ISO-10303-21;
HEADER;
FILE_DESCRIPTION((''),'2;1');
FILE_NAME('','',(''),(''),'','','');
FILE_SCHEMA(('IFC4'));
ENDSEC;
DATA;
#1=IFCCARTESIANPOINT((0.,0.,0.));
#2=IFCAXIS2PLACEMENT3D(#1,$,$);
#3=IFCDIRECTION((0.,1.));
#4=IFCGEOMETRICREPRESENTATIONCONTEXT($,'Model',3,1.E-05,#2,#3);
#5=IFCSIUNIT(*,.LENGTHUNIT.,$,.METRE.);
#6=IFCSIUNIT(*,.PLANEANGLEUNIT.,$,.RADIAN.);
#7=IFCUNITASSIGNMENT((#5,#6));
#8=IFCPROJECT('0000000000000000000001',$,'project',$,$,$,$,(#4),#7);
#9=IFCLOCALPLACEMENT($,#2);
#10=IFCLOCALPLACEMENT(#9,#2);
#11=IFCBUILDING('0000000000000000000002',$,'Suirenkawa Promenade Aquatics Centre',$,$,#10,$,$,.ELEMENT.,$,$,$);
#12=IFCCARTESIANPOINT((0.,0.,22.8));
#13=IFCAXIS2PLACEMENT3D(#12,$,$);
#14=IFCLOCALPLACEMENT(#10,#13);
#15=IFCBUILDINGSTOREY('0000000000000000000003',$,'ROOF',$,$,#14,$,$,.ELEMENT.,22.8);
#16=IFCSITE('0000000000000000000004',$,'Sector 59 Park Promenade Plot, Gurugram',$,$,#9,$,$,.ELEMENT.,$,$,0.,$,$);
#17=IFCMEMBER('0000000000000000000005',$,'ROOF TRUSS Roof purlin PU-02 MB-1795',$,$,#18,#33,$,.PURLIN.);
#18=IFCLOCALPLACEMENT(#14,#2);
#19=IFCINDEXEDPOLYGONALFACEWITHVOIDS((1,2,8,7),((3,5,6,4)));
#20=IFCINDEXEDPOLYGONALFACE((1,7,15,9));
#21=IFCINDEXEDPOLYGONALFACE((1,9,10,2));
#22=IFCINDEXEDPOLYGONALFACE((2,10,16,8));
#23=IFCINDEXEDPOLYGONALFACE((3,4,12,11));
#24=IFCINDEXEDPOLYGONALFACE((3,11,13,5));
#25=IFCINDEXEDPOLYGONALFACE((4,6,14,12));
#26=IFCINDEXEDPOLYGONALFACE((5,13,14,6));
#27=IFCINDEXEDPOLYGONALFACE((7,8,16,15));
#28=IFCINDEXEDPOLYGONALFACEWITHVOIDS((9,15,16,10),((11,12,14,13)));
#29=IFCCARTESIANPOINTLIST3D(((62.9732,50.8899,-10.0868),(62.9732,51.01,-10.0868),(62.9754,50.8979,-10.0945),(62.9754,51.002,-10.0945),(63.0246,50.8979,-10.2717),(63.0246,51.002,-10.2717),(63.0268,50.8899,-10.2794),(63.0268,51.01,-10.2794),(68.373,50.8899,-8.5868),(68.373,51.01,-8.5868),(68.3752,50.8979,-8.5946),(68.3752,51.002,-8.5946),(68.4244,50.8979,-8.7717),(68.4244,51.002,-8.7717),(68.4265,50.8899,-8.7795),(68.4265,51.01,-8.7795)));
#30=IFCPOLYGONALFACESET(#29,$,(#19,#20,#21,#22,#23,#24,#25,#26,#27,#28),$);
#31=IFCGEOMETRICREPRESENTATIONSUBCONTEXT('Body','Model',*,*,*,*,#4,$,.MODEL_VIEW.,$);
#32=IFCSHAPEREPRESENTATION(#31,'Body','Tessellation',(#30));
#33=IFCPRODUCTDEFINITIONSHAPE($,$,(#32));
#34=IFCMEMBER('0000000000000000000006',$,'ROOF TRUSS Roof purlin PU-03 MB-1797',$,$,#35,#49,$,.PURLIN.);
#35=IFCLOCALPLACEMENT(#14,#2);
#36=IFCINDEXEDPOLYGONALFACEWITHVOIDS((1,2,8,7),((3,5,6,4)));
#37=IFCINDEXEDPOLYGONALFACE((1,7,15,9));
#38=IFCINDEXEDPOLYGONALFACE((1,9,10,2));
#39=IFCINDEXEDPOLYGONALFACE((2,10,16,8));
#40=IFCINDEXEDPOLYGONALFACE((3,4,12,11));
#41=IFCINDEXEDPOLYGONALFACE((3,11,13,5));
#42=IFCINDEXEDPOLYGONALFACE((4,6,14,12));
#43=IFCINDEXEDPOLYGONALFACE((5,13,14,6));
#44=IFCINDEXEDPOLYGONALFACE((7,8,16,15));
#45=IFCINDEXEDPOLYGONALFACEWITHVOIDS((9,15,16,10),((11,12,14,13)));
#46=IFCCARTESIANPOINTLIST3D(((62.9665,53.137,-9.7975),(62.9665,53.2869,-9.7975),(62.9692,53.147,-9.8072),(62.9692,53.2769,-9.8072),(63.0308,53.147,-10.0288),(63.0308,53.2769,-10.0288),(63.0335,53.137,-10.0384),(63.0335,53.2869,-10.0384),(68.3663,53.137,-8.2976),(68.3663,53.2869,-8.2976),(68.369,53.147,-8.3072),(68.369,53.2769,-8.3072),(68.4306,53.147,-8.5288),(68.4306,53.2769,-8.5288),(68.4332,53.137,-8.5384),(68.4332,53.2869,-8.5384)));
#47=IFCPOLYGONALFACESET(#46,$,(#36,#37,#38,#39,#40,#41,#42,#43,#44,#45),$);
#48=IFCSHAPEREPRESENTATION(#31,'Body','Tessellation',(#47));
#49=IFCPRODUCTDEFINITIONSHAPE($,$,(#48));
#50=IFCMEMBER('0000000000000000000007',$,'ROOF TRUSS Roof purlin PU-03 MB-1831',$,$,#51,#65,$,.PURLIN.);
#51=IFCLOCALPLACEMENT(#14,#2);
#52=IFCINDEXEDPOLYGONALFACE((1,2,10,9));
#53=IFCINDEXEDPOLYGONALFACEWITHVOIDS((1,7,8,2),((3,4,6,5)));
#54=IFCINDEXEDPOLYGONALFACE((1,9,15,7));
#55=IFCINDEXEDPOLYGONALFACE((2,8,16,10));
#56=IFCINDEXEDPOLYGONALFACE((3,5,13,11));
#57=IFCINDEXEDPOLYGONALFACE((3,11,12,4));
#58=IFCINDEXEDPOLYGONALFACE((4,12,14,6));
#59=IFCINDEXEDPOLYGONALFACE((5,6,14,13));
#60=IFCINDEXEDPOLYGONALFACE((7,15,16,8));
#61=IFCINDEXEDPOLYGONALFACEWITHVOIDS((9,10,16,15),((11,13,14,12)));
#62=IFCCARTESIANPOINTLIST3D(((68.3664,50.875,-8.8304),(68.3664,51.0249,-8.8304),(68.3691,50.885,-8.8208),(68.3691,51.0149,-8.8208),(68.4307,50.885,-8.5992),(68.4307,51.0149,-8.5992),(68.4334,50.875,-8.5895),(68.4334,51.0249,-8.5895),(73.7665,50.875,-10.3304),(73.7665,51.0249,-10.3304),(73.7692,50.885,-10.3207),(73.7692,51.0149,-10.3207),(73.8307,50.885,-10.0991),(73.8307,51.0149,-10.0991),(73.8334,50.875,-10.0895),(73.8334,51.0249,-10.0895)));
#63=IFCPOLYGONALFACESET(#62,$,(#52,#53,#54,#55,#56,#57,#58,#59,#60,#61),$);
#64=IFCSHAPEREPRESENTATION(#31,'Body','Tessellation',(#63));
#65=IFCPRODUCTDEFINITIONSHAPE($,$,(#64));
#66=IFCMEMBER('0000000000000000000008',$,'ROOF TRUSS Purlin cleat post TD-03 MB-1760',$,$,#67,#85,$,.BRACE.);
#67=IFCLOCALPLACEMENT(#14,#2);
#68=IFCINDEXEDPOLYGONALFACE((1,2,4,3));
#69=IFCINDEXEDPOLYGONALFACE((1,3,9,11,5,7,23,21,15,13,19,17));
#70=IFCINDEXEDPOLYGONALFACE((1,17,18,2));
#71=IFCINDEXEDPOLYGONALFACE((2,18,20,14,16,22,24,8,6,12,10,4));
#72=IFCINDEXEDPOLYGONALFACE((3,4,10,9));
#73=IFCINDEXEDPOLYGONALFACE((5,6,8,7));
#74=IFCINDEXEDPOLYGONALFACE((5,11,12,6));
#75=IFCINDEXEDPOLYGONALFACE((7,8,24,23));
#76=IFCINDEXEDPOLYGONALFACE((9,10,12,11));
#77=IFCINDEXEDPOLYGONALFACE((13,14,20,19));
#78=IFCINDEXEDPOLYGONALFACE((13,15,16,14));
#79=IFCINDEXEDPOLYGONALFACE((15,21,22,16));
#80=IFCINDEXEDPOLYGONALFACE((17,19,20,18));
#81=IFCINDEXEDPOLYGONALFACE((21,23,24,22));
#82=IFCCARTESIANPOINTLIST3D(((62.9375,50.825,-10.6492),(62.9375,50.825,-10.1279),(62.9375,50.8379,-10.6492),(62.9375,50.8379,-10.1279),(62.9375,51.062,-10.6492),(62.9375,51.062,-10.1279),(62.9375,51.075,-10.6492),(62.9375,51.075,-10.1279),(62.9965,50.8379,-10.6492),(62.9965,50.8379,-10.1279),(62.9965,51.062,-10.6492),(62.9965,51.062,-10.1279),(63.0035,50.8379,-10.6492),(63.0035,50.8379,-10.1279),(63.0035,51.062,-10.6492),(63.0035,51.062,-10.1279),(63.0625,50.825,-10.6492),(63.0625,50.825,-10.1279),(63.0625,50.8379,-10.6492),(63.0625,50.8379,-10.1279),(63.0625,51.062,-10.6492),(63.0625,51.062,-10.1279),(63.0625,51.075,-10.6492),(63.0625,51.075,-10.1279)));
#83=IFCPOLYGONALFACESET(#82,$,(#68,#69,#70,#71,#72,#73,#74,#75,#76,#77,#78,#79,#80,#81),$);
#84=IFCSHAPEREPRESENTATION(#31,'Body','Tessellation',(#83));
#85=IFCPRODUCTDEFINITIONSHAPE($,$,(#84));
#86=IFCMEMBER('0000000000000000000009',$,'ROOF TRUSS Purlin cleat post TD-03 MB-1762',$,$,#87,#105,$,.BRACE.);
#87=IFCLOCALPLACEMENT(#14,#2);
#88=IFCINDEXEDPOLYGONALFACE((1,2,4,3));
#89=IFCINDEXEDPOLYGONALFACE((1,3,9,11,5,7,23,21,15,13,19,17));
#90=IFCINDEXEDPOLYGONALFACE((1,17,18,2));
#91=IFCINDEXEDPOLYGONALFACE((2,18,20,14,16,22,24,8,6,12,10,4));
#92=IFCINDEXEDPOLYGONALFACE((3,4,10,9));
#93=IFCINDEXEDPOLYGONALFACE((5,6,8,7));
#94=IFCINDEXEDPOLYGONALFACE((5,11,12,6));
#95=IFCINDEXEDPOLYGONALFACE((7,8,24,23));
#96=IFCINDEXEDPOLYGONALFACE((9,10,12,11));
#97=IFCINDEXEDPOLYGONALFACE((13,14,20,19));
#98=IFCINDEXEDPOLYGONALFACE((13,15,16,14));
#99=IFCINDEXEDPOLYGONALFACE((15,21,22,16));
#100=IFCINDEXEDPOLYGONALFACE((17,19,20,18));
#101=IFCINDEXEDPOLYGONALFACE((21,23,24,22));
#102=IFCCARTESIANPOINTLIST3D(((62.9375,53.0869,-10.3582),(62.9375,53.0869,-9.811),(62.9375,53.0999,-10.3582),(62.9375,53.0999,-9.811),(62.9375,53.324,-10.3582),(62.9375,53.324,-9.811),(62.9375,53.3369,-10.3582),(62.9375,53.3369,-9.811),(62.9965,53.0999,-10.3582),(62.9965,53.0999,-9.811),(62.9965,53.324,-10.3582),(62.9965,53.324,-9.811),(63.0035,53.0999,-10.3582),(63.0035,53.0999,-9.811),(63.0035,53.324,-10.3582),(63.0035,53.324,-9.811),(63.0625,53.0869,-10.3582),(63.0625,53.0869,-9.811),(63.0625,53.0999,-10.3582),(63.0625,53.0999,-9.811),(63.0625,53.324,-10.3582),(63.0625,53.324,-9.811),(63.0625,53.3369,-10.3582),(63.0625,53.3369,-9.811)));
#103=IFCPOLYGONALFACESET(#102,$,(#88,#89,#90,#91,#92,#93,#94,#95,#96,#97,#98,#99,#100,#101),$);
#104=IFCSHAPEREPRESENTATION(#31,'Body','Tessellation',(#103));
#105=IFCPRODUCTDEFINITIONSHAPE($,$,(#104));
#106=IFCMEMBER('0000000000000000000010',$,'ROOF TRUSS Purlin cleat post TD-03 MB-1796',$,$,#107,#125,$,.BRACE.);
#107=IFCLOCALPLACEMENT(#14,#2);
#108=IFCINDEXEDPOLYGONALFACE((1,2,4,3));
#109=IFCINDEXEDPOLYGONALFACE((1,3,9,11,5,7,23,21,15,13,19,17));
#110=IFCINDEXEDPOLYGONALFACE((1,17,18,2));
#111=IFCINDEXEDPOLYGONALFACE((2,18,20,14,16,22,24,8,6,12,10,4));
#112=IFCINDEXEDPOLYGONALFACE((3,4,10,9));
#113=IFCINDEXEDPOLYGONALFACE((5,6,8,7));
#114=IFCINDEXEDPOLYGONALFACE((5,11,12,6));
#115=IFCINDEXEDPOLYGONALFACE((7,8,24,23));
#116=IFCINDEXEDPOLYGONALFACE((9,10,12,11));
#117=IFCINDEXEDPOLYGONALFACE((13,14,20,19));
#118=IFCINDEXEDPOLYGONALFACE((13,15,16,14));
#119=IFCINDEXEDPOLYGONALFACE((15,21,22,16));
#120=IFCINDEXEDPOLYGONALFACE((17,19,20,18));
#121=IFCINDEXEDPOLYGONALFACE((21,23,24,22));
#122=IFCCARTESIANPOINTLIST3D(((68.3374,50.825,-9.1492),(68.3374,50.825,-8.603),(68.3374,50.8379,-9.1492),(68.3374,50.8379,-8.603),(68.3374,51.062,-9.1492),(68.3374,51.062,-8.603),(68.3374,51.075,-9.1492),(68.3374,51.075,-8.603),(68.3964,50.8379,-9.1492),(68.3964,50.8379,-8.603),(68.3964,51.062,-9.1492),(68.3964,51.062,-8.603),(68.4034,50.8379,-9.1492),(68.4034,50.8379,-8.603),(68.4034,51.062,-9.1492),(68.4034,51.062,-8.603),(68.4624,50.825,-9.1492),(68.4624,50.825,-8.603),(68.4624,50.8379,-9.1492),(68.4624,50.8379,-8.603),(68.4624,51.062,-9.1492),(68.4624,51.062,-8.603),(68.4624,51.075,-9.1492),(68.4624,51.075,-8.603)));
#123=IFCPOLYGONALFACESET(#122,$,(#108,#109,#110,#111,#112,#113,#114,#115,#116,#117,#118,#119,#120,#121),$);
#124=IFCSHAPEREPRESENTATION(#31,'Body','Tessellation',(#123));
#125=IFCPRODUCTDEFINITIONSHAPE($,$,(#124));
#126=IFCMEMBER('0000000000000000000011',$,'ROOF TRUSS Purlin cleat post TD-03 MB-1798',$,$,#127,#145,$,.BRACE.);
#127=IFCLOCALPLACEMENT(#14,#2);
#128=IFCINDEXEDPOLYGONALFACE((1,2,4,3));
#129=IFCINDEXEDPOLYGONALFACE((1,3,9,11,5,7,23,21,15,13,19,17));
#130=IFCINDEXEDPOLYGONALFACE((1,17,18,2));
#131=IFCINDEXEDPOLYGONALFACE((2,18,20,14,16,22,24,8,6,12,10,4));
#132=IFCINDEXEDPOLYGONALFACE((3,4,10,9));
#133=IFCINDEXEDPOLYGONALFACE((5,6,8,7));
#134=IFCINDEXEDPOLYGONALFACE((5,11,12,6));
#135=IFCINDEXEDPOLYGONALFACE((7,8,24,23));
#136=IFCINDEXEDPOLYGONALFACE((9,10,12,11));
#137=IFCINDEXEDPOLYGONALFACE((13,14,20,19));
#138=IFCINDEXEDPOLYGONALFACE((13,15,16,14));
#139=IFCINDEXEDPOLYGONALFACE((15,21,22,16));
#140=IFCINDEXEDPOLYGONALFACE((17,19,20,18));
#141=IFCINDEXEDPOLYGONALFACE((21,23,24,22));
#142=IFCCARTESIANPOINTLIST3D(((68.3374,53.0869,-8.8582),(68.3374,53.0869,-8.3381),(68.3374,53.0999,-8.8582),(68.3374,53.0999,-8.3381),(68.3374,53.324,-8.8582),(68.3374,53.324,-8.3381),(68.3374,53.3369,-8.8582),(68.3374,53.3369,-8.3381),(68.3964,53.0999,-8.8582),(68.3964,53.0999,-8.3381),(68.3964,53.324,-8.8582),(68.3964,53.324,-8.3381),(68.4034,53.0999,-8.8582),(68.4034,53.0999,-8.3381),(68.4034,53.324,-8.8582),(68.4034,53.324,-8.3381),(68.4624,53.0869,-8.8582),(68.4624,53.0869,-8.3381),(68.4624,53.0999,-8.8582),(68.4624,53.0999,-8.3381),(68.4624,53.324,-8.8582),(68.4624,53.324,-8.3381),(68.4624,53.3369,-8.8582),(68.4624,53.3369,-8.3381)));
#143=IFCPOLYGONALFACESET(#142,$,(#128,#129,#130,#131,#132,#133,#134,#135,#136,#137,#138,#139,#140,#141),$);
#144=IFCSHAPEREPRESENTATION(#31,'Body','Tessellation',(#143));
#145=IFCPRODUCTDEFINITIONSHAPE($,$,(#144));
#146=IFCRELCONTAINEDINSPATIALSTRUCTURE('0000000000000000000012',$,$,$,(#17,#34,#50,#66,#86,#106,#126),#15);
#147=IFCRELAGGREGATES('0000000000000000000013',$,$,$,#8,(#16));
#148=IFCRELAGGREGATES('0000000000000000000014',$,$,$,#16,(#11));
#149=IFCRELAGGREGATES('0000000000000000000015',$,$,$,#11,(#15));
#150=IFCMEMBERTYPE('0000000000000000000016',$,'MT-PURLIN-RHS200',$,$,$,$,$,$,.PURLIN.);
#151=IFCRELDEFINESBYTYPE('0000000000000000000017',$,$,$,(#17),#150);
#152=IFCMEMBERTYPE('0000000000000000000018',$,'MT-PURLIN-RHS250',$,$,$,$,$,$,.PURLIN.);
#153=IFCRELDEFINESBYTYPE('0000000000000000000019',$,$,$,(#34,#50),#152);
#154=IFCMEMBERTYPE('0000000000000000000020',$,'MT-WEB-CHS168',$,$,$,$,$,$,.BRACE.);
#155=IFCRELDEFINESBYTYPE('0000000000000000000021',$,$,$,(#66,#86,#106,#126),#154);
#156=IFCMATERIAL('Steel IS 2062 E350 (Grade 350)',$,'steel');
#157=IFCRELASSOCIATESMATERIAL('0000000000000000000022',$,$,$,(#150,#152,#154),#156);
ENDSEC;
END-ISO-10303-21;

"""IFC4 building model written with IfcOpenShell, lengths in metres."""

from ifc_helpers import new_model, si_unit, direction, frame, origin, origin_2d, place, context, subcontext, project, spatial, hollow_rectangle, i_section, extrude, material, material_profile, profile_set, type_object, element, save


model = new_model("IFC4")

# Units and contexts
model_context = context("Model", 3, precision=1e-05, world=origin(), true_north=direction((0.0, 1.0)))
body_context = subcontext(model_context, "Body", "Model", "MODEL_VIEW")
ifc_project = project(units=[si_unit("LENGTHUNIT", "METRE"), si_unit("PLANEANGLEUNIT", "RADIAN")], contexts=[model_context])

# Site, building, storey
site_placement = place(None, origin())
site = spatial("IfcSite", under=ifc_project, at=site_placement, Name="Sector 59 Park Promenade Plot, Gurugram", CompositionType="ELEMENT", RefElevation=0.0)
building_placement = place(site_placement, origin())
building = spatial("IfcBuilding", under=site, at=building_placement, Name="Suirenkawa Promenade Aquatics Centre", CompositionType="ELEMENT")
storey_placement = place(building_placement, frame((0.0, 0.0, 22.8)))
storey = spatial("IfcBuildingStorey", under=building, at=storey_placement, Name="ROOF", CompositionType="ELEMENT", Elevation=22.8)

# Shared definitions
ifc_material_1 = material(Name="Steel IS 2062 E350 (Grade 350)", Category="steel")

# Members
ifc_material_profile_1 = material_profile(ifc_material_1, hollow_rectangle(XDim=0.1201, YDim=0.2, WallThickness=0.0081, at=origin_2d()), Name="RHS 200x120x8", Category="steel")
ifc_profile_set_1 = profile_set([ifc_material_profile_1], Name="Steel IS 2062 E350 (Grade 350)")
member_type_1 = type_object("IfcMemberType", Name="MT-PURLIN-RHS200", PredefinedType="PURLIN", material=ifc_profile_set_1)
member_1_placement = place(storey_placement, frame((63.0, 50.95, -10.1831), z_axis=(0.963517, 0.0, 0.267648), x_axis=(0.0, 1.0, 0.0)))
element("IfcMember", 1, at=member_1_placement, inside=storey, type_object=member_type_1, Name="ROOF TRUSS Roof purlin PU-02 MB-1795", PredefinedType="PURLIN", context=body_context, shape_type="SweptSolid", body=[
    extrude(hollow_rectangle(XDim=0.1201, YDim=0.2, WallThickness=0.0081, at=origin_2d()), origin(), (0.0, 0.0, 1.0), 5.6042),
])
ifc_material_profile_2 = material_profile(ifc_material_1, hollow_rectangle(XDim=0.1499, YDim=0.25, WallThickness=0.01, at=origin_2d()), Name="RHS 250x150x10", Category="steel")
ifc_profile_set_2 = profile_set([ifc_material_profile_2], Name="Steel IS 2062 E350 (Grade 350)")
member_type_2 = type_object("IfcMemberType", Name="MT-PURLIN-RHS250", PredefinedType="PURLIN", material=ifc_profile_set_2)
member_2_placement = place(storey_placement, frame((63.0, 53.2119, -9.918), z_axis=(0.963517, 0.0, 0.267648), x_axis=(0.0, 1.0, 0.0)))
element("IfcMember", 2, at=member_2_placement, inside=storey, type_object=member_type_2, Name="ROOF TRUSS Roof purlin PU-03 MB-1797", PredefinedType="PURLIN", context=body_context, shape_type="SweptSolid", body=[
    extrude(hollow_rectangle(XDim=0.1499, YDim=0.25, WallThickness=0.01, at=origin_2d()), origin(), (0.0, 0.0, 1.0), 5.6042),
])
member_3_placement = place(storey_placement, frame((68.3999, 50.95, -8.71), z_axis=(0.96352, 0.0, -0.267637), x_axis=(0.0, 1.0, 0.0)))
element("IfcMember", 3, at=member_3_placement, inside=storey, type_object=member_type_2, Name="ROOF TRUSS Roof purlin PU-03 MB-1831", PredefinedType="PURLIN", context=body_context, shape_type="SweptSolid", body=[
    extrude(hollow_rectangle(XDim=0.1499, YDim=0.25, WallThickness=0.01, at=origin_2d()), origin(), (0.0, 0.0, 1.0), 5.6045),
])
ifc_material_profile_3 = material_profile(ifc_material_1, i_section(OverallWidth=0.125, OverallDepth=0.25, WebThickness=0.0071, FlangeThickness=0.0129, at=origin_2d()), Name="ISMB 250", Category="steel")
ifc_profile_set_3 = profile_set([ifc_material_profile_3], Name="Steel IS 2062 E350 (Grade 350)")
member_type_3 = type_object("IfcMemberType", Name="MT-WEB-CHS168", PredefinedType="BRACE", material=ifc_profile_set_3)
member_4_placement = place(storey_placement, frame((63.0, 50.95, -10.6492), z_axis=(0.0, 0.0, 1.0), x_axis=(1.0, 0.0, 0.0)))
element("IfcMember", 4, at=member_4_placement, inside=storey, type_object=member_type_3, Name="ROOF TRUSS Purlin cleat post TD-03 MB-1760", PredefinedType="BRACE", context=body_context, shape_type="SweptSolid", body=[
    extrude(i_section(OverallWidth=0.125, OverallDepth=0.25, WebThickness=0.0071, FlangeThickness=0.0129, at=origin_2d()), origin(), (0.0, 0.0, 1.0), 0.5212),
])
member_5_placement = place(storey_placement, frame((63.0, 53.2119, -10.3582), z_axis=(0.0, 0.0, 1.0), x_axis=(1.0, 0.0, 0.0)))
element("IfcMember", 5, at=member_5_placement, inside=storey, type_object=member_type_3, Name="ROOF TRUSS Purlin cleat post TD-03 MB-1762", PredefinedType="BRACE", context=body_context, shape_type="SweptSolid", body=[
    extrude(i_section(OverallWidth=0.125, OverallDepth=0.25, WebThickness=0.0071, FlangeThickness=0.0129, at=origin_2d()), origin(), (0.0, 0.0, 1.0), 0.5471),
])
member_6_placement = place(storey_placement, frame((68.3999, 50.95, -9.1492), z_axis=(0.0, 0.0, 1.0), x_axis=(1.0, 0.0, 0.0)))
element("IfcMember", 6, at=member_6_placement, inside=storey, type_object=member_type_3, Name="ROOF TRUSS Purlin cleat post TD-03 MB-1796", PredefinedType="BRACE", context=body_context, shape_type="SweptSolid", body=[
    extrude(i_section(OverallWidth=0.125, OverallDepth=0.25, WebThickness=0.0071, FlangeThickness=0.0129, at=origin_2d()), origin(), (0.0, 0.0, 1.0), 0.5461),
])
member_7_placement = place(storey_placement, frame((68.3999, 53.2119, -8.8582), z_axis=(0.0, 0.0, 1.0), x_axis=(1.0, 0.0, 0.0)))
element("IfcMember", 7, at=member_7_placement, inside=storey, type_object=member_type_3, Name="ROOF TRUSS Purlin cleat post TD-03 MB-1798", PredefinedType="BRACE", context=body_context, shape_type="SweptSolid", body=[
    extrude(i_section(OverallWidth=0.125, OverallDepth=0.25, WebThickness=0.0071, FlangeThickness=0.0129, at=origin_2d()), origin(), (0.0, 0.0, 1.0), 0.52),
])

save(model, "model.ifc")
